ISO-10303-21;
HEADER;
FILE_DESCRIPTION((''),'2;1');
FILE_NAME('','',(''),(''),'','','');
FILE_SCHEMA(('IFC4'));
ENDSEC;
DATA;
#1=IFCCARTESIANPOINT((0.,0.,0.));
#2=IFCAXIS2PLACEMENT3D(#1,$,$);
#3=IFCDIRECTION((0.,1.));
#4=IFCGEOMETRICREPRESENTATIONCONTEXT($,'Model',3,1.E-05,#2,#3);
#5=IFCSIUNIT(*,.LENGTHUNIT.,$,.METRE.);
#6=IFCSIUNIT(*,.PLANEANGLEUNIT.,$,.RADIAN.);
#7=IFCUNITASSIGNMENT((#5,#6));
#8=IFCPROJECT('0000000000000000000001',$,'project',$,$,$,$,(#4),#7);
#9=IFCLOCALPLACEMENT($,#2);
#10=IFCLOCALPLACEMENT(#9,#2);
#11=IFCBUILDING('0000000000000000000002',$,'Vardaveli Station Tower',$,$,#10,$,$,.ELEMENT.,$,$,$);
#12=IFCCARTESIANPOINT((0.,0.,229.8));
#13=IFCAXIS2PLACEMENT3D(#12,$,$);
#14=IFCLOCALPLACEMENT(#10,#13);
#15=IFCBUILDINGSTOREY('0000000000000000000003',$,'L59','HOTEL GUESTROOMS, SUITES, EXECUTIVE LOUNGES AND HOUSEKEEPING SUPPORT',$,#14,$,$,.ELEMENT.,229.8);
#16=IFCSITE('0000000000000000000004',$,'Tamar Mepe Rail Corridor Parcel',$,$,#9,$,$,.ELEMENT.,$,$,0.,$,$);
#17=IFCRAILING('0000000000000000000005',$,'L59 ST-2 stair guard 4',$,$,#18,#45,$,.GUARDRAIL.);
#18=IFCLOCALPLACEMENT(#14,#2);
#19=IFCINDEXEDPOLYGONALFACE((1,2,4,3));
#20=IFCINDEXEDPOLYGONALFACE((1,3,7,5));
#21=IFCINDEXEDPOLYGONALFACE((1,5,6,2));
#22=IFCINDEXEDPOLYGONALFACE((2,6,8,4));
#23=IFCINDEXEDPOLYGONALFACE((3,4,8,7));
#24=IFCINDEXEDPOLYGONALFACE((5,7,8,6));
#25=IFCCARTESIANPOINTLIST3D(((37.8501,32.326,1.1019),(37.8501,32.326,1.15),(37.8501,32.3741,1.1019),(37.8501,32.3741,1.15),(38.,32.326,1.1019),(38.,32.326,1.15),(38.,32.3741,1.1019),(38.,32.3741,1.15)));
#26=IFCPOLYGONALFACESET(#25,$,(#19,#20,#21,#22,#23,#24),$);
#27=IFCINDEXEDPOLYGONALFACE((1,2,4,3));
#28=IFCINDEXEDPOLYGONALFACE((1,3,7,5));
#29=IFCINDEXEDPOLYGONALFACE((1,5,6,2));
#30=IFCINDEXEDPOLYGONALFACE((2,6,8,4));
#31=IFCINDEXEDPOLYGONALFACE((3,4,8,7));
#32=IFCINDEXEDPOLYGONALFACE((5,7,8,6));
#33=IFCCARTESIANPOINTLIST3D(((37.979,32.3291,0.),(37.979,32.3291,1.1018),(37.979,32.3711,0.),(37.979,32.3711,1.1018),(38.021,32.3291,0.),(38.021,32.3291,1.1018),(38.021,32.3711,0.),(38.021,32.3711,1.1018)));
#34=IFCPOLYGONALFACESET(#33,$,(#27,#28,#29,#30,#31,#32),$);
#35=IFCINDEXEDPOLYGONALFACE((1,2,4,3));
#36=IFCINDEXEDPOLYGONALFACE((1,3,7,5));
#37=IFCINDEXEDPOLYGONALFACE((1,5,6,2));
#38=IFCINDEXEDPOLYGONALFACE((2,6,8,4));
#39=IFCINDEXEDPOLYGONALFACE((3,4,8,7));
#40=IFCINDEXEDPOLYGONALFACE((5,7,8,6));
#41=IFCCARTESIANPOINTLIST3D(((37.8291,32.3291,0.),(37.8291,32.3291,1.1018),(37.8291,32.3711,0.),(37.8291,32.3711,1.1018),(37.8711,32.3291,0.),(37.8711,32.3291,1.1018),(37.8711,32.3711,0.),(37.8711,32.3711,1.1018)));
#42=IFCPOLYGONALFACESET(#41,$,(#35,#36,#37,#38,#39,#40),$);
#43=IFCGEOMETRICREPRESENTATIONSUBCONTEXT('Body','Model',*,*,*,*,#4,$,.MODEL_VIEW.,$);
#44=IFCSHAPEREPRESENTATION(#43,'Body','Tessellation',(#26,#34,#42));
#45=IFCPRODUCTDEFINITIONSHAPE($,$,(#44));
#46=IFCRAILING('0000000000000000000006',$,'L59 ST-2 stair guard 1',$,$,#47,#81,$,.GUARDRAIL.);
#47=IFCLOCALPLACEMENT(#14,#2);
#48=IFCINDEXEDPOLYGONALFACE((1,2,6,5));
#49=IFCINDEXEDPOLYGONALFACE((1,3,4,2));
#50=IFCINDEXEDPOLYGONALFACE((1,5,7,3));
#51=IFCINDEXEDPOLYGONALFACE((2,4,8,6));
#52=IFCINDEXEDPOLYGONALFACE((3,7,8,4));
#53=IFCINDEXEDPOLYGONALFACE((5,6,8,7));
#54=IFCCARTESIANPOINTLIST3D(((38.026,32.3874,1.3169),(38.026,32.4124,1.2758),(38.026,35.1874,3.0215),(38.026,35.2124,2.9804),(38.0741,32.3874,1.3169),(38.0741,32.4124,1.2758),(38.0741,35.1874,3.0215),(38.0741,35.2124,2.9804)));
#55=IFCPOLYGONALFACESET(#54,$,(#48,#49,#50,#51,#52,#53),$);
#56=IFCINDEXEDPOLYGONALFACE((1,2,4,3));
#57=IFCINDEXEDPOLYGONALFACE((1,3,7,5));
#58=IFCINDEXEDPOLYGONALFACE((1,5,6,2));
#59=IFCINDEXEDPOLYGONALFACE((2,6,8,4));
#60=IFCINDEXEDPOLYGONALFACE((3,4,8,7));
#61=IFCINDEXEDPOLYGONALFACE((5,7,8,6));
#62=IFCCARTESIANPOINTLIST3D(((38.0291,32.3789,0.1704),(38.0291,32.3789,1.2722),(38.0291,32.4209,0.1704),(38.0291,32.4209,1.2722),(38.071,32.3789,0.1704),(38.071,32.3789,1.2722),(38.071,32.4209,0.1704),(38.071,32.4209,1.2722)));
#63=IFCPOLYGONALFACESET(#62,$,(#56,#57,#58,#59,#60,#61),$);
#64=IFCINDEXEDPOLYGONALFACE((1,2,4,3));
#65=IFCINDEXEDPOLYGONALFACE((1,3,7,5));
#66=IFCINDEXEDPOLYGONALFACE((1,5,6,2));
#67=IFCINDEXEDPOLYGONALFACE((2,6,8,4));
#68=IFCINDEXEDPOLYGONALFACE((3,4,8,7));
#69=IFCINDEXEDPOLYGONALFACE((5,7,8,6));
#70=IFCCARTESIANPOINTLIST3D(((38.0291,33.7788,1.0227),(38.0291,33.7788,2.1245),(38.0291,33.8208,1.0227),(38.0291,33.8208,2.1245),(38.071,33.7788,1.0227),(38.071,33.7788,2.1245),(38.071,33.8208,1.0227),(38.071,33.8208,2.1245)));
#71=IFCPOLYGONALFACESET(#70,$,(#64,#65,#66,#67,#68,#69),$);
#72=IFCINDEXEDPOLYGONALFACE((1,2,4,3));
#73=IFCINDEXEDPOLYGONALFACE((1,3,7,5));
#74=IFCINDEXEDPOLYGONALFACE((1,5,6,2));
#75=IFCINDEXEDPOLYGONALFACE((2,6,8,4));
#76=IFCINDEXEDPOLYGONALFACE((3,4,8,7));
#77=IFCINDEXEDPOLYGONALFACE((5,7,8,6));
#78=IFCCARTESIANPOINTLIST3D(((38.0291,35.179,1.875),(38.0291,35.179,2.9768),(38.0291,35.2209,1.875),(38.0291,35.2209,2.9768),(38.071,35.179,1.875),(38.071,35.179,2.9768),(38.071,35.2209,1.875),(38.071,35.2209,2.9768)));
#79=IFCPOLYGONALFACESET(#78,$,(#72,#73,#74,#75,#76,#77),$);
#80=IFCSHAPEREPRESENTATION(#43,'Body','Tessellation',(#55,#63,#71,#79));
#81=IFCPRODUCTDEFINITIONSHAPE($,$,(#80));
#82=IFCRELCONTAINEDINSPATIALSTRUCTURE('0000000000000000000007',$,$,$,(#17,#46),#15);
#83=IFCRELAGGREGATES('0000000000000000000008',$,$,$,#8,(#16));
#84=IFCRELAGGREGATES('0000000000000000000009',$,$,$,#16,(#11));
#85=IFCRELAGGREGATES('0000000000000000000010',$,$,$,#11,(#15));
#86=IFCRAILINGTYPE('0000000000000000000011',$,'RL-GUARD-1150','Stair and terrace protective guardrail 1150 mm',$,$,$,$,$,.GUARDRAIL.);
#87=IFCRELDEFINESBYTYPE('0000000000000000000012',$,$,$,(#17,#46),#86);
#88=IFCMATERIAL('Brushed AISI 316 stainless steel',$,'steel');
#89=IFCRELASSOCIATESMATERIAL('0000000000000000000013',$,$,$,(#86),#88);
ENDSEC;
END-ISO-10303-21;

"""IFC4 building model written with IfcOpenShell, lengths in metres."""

from ifc_helpers import new_model, si_unit, direction, frame, origin, origin_2d, place, context, subcontext, project, spatial, rectangle, extrude, source, transform, mapped, material, type_object, element, save


model = new_model("IFC4")

# Units and contexts
model_context = context("Model", 3, precision=1e-05, world=origin(), true_north=direction((0.0, 1.0)))
body_context = subcontext(model_context, "Body", "Model", "MODEL_VIEW")
ifc_project = project(units=[si_unit("LENGTHUNIT", "METRE"), si_unit("PLANEANGLEUNIT", "RADIAN")], contexts=[model_context])

# Site, building, storey
site_placement = place(None, origin())
site = spatial("IfcSite", under=ifc_project, at=site_placement, Name="Tamar Mepe Rail Corridor Parcel", CompositionType="ELEMENT", RefElevation=0.0)
building_placement = place(site_placement, origin())
building = spatial("IfcBuilding", under=site, at=building_placement, Name="Vardaveli Station Tower", CompositionType="ELEMENT")
storey_placement = place(building_placement, frame((0.0, 0.0, 229.8)))
storey = spatial("IfcBuildingStorey", under=building, at=storey_placement, Name="L59", Description="HOTEL GUESTROOMS, SUITES, EXECUTIVE LOUNGES AND HOUSEKEEPING SUPPORT", CompositionType="ELEMENT", Elevation=229.8)

# Railings
ifc_material_1 = material(Name="Brushed AISI 316 stainless steel", Category="steel")
railing_type = type_object("IfcRailingType", Name="RL-GUARD-1150", Description="Stair and terrace protective guardrail 1150 mm", PredefinedType="GUARDRAIL", material=ifc_material_1)
shared_shape_1 = source(origin(), body_context, "Body", "SweptSolid", [
    extrude(rectangle(XDim=0.0481, YDim=0.0481, at=origin_2d()), frame((0.0, 0.0, 1.126), z_axis=(-1.0, 0.0, 0.0), x_axis=(0.0, -1.0, 0.0)), (0.0, 0.0, 1.0), 0.1499),
    extrude(rectangle(XDim=0.042, YDim=0.042, at=origin_2d()), origin(), (0.0, 0.0, 1.0), 1.1018),
    extrude(rectangle(XDim=0.042, YDim=0.042, at=origin_2d()), frame((-0.1499, 0.0, 0.0)), (0.0, 0.0, 1.0), 1.1018),
])
railing_1_placement = place(storey_placement, frame((38.0, 32.3501, 0.0)))
element("IfcRailing", 1, at=railing_1_placement, inside=storey, type_object=railing_type, Name="L59 ST-2 stair guard 4", PredefinedType="GUARDRAIL", context=body_context, shape_type="MappedRepresentation", body=[
    mapped(shared_shape_1, transform((0.0, 0.0, 0.0), scale=1.0)),
])
shared_shape_2 = source(origin(), body_context, "Body", "SweptSolid", [
    extrude(rectangle(XDim=0.0481, YDim=0.0481, at=origin_2d()), frame((0.0, 0.0, 1.126), z_axis=(0.0, 0.85417, 0.519994), x_axis=(-1.0, 0.0, 0.0)), (0.0, 0.0, 1.0), 3.2781),
    extrude(rectangle(XDim=0.042, YDim=0.042, at=origin_2d()), origin(), (0.0, 0.0, 1.0), 1.1018),
    extrude(rectangle(XDim=0.042, YDim=0.042, at=origin_2d()), frame((0.0, 1.3999, 0.8523)), (0.0, 0.0, 1.0), 1.1018),
    extrude(rectangle(XDim=0.042, YDim=0.042, at=origin_2d()), frame((0.0, 2.8, 1.7046)), (0.0, 0.0, 1.0), 1.1018),
])
railing_2_placement = place(storey_placement, frame((38.05, 32.3999, 0.1704)))
element("IfcRailing", 2, at=railing_2_placement, inside=storey, type_object=railing_type, Name="L59 ST-2 stair guard 1", PredefinedType="GUARDRAIL", context=body_context, shape_type="MappedRepresentation", body=[
    mapped(shared_shape_2, transform((0.0, 0.0, 0.0), scale=1.0)),
])

save(model, "model.ifc")
